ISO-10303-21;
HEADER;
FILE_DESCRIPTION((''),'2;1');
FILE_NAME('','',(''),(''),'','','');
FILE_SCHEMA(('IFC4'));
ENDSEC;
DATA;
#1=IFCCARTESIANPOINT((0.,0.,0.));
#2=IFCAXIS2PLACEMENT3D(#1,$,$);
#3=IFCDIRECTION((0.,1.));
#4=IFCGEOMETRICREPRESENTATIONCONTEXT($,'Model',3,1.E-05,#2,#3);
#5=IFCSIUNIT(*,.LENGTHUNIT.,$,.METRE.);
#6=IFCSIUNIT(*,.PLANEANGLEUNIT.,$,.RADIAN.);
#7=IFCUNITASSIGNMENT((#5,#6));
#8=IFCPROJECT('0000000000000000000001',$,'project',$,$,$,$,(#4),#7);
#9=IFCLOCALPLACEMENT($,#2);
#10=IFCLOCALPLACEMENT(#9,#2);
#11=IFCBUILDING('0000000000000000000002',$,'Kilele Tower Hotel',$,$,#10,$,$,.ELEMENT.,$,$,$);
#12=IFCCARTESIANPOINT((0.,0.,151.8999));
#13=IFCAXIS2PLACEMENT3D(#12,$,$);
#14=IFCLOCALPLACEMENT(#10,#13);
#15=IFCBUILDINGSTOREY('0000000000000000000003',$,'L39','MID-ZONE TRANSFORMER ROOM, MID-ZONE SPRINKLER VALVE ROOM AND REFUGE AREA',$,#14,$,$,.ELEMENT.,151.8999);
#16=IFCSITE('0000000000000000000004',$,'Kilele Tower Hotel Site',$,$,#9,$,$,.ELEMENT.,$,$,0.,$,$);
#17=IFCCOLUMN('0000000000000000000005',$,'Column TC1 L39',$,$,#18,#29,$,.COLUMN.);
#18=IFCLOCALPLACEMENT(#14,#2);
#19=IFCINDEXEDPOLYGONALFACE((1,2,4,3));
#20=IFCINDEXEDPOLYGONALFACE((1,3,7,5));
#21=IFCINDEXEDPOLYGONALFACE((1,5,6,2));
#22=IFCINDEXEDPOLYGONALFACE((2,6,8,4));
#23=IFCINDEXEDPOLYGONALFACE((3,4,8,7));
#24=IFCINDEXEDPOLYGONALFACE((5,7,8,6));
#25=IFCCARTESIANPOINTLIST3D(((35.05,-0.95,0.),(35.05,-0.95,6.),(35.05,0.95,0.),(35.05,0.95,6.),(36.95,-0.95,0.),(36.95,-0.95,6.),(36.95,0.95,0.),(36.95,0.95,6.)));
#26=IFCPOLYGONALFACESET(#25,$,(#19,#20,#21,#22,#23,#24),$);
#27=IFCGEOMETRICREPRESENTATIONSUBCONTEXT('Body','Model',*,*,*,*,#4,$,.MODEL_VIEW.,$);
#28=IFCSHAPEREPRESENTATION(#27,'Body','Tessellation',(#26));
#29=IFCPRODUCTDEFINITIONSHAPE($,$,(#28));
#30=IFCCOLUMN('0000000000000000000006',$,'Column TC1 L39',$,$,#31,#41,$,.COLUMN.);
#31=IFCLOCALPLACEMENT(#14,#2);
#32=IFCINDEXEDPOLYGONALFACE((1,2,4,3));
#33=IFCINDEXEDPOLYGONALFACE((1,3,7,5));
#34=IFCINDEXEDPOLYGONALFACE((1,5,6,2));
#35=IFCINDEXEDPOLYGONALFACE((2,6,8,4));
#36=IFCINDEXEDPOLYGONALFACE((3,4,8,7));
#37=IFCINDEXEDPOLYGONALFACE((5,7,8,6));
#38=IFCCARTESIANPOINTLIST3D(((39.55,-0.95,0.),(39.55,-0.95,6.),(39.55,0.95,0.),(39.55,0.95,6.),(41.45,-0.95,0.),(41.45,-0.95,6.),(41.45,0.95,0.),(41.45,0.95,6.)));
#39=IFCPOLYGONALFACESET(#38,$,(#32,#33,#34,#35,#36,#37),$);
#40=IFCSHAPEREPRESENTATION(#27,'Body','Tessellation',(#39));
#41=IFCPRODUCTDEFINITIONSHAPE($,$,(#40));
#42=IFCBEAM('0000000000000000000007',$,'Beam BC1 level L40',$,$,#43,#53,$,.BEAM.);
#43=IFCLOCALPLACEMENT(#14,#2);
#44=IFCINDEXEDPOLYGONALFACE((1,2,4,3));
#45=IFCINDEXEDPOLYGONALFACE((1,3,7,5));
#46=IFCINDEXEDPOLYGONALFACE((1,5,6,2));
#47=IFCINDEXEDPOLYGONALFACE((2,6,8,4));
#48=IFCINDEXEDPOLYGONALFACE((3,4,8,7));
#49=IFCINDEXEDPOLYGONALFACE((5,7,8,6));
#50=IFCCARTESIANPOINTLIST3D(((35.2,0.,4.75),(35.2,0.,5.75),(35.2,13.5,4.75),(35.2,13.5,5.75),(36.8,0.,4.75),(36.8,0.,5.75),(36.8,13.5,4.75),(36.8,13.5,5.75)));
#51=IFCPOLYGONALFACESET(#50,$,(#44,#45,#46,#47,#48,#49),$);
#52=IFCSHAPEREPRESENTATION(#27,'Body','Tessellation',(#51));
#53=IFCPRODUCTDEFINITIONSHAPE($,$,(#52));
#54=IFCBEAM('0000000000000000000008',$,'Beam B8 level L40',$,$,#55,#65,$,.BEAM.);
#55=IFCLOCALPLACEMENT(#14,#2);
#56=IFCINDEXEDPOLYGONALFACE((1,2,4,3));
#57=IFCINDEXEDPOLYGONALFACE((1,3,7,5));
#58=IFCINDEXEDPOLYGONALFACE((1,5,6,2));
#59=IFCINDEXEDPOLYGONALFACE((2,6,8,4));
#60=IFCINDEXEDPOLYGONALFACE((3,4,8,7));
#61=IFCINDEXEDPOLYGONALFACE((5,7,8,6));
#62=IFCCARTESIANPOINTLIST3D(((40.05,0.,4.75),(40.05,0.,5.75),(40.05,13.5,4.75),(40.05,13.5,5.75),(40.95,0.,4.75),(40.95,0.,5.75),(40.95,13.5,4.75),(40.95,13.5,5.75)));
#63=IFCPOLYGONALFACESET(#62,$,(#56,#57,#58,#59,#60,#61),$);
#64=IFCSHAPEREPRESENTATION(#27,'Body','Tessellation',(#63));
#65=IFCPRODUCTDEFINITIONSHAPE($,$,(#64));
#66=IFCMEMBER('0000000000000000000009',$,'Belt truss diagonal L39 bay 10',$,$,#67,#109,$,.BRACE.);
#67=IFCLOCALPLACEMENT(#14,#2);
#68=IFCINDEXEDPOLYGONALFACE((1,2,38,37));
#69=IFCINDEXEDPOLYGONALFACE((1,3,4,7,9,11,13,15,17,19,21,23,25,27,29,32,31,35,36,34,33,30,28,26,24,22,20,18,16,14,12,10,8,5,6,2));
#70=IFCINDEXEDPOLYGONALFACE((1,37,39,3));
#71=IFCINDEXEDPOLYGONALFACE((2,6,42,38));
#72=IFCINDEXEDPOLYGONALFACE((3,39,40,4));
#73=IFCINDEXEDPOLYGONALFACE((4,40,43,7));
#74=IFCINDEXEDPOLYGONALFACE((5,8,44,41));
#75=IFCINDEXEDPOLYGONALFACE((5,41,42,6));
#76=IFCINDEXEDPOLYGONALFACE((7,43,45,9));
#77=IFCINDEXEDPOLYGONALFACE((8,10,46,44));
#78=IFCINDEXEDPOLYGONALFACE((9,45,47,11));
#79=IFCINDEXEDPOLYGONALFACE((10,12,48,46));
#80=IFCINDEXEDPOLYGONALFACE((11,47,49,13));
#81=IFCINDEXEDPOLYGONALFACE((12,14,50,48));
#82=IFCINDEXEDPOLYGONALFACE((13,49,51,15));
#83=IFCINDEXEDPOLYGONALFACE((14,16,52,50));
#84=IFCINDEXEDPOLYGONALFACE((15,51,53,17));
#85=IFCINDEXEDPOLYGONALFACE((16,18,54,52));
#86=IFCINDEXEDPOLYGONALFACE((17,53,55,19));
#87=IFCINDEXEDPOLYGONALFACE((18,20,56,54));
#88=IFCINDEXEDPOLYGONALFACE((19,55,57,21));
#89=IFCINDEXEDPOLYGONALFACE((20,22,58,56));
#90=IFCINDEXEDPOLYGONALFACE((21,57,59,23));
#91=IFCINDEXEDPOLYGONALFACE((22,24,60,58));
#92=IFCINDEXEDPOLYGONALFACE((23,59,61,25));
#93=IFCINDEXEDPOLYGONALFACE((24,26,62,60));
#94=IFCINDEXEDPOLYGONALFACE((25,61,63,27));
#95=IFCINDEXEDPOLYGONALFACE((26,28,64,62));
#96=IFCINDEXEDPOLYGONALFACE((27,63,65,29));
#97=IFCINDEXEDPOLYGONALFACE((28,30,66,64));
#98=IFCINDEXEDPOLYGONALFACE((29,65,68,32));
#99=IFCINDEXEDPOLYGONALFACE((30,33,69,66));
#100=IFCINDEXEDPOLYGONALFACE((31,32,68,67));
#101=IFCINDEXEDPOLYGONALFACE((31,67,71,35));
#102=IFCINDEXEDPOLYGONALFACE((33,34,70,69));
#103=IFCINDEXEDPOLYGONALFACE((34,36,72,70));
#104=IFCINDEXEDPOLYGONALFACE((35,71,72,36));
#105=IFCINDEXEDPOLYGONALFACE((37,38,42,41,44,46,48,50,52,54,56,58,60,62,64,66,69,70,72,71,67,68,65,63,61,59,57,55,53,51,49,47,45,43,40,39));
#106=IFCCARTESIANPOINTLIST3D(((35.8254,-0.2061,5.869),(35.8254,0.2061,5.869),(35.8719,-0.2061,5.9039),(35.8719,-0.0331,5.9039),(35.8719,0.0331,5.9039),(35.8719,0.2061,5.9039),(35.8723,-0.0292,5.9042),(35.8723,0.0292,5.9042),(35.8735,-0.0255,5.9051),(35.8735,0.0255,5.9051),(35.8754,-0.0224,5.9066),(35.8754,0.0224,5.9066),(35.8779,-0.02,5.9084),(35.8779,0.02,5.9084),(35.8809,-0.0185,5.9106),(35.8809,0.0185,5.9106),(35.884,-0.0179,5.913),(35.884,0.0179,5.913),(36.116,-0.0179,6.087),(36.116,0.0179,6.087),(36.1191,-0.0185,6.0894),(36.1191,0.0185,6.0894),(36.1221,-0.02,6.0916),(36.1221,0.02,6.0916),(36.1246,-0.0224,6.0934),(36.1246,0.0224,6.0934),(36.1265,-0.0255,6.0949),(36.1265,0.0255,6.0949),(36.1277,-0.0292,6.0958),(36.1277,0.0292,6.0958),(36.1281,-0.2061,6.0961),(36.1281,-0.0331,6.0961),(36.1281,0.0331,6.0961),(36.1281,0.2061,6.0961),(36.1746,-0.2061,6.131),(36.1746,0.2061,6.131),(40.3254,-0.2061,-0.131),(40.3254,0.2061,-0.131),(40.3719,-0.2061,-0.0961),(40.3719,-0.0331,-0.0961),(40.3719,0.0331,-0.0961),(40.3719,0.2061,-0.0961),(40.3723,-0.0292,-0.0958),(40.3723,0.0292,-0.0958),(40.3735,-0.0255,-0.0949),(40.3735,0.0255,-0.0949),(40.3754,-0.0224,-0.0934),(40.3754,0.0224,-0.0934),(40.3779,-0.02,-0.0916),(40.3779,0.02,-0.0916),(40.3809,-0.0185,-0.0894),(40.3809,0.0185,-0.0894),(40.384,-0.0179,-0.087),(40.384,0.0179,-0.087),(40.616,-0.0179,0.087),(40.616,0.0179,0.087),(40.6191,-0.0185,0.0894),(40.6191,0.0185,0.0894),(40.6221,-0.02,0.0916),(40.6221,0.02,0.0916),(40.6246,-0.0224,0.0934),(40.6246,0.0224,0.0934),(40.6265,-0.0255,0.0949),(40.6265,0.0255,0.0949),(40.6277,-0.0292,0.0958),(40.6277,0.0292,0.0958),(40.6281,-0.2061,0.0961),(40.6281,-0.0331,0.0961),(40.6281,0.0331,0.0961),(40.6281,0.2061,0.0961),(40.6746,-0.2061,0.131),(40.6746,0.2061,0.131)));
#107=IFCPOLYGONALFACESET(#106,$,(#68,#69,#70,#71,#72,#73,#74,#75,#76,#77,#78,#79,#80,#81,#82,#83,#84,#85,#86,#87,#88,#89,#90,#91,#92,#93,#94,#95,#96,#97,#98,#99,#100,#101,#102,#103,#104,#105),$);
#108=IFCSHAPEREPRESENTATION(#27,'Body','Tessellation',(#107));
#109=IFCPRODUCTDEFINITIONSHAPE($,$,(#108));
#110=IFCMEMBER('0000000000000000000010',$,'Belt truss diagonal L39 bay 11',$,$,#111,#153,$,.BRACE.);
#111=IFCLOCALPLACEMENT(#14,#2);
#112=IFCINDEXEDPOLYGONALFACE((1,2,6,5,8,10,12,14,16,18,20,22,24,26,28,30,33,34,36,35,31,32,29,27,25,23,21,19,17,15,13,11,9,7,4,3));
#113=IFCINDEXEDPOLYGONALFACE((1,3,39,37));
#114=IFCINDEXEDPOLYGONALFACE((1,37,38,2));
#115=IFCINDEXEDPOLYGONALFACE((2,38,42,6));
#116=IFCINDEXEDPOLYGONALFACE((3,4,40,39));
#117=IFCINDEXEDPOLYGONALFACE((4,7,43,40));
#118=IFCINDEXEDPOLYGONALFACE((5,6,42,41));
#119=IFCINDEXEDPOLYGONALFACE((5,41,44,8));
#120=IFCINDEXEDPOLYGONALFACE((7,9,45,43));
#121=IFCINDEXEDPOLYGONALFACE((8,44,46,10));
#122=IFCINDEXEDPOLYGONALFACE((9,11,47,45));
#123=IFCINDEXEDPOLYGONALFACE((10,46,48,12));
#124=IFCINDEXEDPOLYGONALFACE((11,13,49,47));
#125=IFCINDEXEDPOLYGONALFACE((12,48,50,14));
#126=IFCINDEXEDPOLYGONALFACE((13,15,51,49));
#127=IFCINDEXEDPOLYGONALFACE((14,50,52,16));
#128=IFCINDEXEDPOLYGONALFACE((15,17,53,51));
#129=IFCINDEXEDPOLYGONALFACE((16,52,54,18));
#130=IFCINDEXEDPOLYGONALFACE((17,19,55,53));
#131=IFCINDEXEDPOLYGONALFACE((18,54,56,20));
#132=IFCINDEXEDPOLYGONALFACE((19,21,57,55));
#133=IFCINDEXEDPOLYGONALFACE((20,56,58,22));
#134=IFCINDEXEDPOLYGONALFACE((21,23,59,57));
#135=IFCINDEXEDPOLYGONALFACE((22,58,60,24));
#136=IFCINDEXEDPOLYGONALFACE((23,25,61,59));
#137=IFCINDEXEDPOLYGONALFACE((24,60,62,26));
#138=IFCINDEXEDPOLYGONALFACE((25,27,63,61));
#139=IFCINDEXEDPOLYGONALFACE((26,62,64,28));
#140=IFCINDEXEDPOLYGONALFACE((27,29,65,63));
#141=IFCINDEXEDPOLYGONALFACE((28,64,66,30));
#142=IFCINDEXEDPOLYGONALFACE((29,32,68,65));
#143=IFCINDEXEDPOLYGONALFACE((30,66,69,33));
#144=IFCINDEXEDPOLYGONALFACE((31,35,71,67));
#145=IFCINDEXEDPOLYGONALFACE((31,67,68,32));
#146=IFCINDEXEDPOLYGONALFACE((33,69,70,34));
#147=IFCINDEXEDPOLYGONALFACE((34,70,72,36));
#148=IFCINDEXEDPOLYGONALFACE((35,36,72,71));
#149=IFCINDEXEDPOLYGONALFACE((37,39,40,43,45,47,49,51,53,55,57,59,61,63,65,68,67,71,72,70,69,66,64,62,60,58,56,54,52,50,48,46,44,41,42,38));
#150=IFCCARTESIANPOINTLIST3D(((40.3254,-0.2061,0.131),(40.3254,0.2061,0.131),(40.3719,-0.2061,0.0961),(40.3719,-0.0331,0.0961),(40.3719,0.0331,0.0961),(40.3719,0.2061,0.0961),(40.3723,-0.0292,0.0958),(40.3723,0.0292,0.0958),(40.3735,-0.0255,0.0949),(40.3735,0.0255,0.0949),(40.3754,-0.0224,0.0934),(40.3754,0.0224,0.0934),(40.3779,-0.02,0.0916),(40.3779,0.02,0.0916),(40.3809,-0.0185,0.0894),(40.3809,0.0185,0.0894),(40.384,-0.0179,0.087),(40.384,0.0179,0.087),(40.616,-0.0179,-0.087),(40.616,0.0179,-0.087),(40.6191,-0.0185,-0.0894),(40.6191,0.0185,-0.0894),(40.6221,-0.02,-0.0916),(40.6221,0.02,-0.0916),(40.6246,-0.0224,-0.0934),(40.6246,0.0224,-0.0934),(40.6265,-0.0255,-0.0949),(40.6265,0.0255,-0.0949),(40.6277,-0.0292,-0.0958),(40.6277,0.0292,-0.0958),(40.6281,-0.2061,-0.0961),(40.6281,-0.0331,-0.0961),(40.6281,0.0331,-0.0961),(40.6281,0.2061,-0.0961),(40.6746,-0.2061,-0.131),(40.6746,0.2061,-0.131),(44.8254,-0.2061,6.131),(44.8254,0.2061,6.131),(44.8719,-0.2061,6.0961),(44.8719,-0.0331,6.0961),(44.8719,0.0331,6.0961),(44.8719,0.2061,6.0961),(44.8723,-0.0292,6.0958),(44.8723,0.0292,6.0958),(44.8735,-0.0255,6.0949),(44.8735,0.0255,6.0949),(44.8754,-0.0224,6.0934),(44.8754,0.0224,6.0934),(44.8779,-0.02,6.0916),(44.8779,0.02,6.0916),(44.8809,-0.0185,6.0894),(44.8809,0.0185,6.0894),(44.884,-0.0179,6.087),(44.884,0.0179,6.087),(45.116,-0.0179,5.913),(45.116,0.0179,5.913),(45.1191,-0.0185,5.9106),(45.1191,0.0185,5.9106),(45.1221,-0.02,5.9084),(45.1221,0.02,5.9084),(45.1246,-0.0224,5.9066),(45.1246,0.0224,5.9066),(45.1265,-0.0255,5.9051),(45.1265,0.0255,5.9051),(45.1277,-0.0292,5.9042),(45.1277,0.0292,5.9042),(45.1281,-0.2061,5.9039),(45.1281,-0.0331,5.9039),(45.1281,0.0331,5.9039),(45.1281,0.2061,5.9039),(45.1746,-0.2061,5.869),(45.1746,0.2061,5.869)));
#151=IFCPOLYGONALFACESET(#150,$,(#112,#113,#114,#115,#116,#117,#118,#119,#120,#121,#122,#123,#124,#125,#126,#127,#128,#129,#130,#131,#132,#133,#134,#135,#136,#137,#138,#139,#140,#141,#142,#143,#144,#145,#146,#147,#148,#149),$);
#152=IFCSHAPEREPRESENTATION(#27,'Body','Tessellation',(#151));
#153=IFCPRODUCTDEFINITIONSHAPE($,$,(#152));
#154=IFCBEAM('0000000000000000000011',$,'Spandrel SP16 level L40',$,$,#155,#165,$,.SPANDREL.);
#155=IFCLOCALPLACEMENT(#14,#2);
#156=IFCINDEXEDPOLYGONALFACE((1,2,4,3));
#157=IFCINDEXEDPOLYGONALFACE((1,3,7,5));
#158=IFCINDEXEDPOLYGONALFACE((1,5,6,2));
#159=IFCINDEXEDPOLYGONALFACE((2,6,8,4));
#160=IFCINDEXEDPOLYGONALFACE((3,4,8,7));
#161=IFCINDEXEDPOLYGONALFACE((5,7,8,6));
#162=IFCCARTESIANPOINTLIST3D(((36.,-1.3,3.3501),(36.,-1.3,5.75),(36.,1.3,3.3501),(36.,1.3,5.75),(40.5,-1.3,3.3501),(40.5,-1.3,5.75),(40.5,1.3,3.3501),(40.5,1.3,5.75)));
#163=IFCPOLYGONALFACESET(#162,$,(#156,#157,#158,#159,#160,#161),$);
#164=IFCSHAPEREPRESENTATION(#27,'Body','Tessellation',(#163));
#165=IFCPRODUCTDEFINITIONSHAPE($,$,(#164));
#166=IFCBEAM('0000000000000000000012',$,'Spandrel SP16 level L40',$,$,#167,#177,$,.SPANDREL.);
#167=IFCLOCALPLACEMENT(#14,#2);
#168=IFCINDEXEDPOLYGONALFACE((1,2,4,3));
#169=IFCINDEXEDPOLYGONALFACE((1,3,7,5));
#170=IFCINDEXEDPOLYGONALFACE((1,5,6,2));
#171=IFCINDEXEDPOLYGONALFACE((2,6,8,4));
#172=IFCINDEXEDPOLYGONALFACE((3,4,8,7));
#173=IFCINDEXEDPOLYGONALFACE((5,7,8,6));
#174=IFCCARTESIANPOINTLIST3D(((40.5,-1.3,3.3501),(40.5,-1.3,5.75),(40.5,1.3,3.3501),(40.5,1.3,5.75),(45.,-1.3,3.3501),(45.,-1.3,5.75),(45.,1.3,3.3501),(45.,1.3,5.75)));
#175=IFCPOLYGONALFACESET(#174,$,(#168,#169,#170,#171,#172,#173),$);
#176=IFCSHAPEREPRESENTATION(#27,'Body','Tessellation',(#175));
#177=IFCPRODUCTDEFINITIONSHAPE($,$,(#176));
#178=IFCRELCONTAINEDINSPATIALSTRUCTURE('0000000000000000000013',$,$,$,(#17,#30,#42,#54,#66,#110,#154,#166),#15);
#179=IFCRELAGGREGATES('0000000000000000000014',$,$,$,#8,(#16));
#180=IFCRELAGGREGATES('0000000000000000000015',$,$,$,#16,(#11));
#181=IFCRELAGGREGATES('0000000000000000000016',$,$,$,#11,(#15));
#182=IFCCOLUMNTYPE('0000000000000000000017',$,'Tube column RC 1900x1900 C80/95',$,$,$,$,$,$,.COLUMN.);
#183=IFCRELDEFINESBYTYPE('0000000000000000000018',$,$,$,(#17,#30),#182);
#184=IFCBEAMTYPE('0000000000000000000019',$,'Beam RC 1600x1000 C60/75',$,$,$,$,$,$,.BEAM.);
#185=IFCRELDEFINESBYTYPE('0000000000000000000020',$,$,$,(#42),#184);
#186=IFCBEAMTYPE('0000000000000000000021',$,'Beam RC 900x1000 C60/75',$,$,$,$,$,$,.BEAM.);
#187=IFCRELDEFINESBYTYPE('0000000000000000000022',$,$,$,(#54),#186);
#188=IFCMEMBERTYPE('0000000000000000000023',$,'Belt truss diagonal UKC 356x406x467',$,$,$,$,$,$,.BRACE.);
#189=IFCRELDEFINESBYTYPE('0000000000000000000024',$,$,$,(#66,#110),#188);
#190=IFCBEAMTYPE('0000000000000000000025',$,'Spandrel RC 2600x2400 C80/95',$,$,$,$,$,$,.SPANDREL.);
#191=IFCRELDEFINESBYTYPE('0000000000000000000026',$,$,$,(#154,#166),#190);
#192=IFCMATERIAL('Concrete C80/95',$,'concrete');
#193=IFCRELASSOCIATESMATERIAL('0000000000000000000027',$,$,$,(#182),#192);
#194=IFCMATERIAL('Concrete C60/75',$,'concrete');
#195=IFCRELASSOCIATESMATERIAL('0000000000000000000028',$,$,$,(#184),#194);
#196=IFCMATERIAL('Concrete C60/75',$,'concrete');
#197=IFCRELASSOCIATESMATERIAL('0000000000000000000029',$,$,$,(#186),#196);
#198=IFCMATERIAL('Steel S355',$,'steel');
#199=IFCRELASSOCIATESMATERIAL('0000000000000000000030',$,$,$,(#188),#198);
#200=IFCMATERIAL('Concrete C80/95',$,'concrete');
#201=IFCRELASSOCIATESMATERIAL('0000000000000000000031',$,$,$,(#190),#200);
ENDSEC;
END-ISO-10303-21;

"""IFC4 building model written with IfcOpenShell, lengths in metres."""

from ifc_helpers import new_model, si_unit, direction, frame, origin, origin_2d, place, context, subcontext, project, spatial, rectangle, i_section, extrude, material, material_profile, profile_set, type_object, element, save


model = new_model("IFC4")

# Units and contexts
model_context = context("Model", 3, precision=1e-05, world=origin(), true_north=direction((0.0, 1.0)))
body_context = subcontext(model_context, "Body", "Model", "MODEL_VIEW")
ifc_project = project(units=[si_unit("LENGTHUNIT", "METRE"), si_unit("PLANEANGLEUNIT", "RADIAN")], contexts=[model_context])

# Site, building, storey
site_placement = place(None, origin())
site = spatial("IfcSite", under=ifc_project, at=site_placement, Name="Kilele Tower Hotel Site", CompositionType="ELEMENT", RefElevation=0.0)
building_placement = place(site_placement, origin())
building = spatial("IfcBuilding", under=site, at=building_placement, Name="Kilele Tower Hotel", CompositionType="ELEMENT")
storey_placement = place(building_placement, frame((0.0, 0.0, 151.8999)))
storey = spatial("IfcBuildingStorey", under=building, at=storey_placement, Name="L39", Description="MID-ZONE TRANSFORMER ROOM, MID-ZONE SPRINKLER VALVE ROOM AND REFUGE AREA", CompositionType="ELEMENT", Elevation=151.8999)

# Columns
ifc_material_1 = material(Name="Concrete C80/95", Category="concrete")
ifc_material_profile_1 = material_profile(ifc_material_1, rectangle(XDim=1.8999, YDim=1.8999, at=origin_2d()))
ifc_profile_set_1 = profile_set([ifc_material_profile_1], Name="Concrete C80/95")
column_type = type_object("IfcColumnType", Name="Tube column RC 1900x1900 C80/95", PredefinedType="COLUMN", material=ifc_profile_set_1)
for number, where, z_axis, x_axis, name in (
    (1, (36.0, 0.0, 0.0), (0.0, 0.0, 1.0), (1.0, 0.0, 0.0), "Column TC1 L39"),
    (2, (40.5, 0.0, 0.0), (0.0, 0.0, 1.0), (1.0, 0.0, 0.0), "Column TC1 L39"),
):
    element("IfcColumn", number, at=place(storey_placement, frame(where, z_axis=z_axis, x_axis=x_axis)), inside=storey, type_object=column_type, Name=name, PredefinedType="COLUMN", context=body_context, shape_type="SweptSolid", body=[
        extrude(rectangle(XDim=1.8999, YDim=1.8999, at=origin_2d()), origin(), (0.0, 0.0, 1.0), 6.0),
    ])

# Beams
ifc_material_2 = material(Name="Concrete C60/75", Category="concrete")
ifc_material_profile_2 = material_profile(ifc_material_2, rectangle(XDim=1.6001, YDim=1.0, at=origin_2d()))
ifc_profile_set_2 = profile_set([ifc_material_profile_2], Name="Concrete C60/75")
beam_type_1 = type_object("IfcBeamType", Name="Beam RC 1600x1000 C60/75", PredefinedType="BEAM", material=ifc_profile_set_2)
beam_1_placement = place(storey_placement, frame((36.0, 0.0, 5.25), z_axis=(0.0, 1.0, 0.0), x_axis=(-1.0, 0.0, 0.0)))
element("IfcBeam", 3, at=beam_1_placement, inside=storey, type_object=beam_type_1, Name="Beam BC1 level L40", PredefinedType="BEAM", context=body_context, shape_type="SweptSolid", body=[
    extrude(rectangle(XDim=1.6001, YDim=1.0, at=origin_2d()), origin(), (0.0, 0.0, 1.0), 13.5),
])
ifc_material_3 = material(Name="Concrete C60/75", Category="concrete")
ifc_material_profile_3 = material_profile(ifc_material_3, rectangle(XDim=0.8999, YDim=1.0, at=origin_2d()))
ifc_profile_set_3 = profile_set([ifc_material_profile_3], Name="Concrete C60/75")
beam_type_2 = type_object("IfcBeamType", Name="Beam RC 900x1000 C60/75", PredefinedType="BEAM", material=ifc_profile_set_3)
beam_2_placement = place(storey_placement, frame((40.5, 0.0, 5.25), z_axis=(0.0, 1.0, 0.0), x_axis=(-1.0, 0.0, 0.0)))
element("IfcBeam", 4, at=beam_2_placement, inside=storey, type_object=beam_type_2, Name="Beam B8 level L40", PredefinedType="BEAM", context=body_context, shape_type="SweptSolid", body=[
    extrude(rectangle(XDim=0.8999, YDim=1.0, at=origin_2d()), origin(), (0.0, 0.0, 1.0), 13.5),
])

# Members
ifc_material_4 = material(Name="Steel S355", Category="steel")
ifc_material_profile_4 = material_profile(ifc_material_4, i_section(OverallWidth=0.4121, OverallDepth=0.4365, WebThickness=0.0359, FlangeThickness=0.0581, FilletRadius=0.0151, at=origin_2d()))
ifc_profile_set_4 = profile_set([ifc_material_profile_4], Name="Steel S355")
member_type = type_object("IfcMemberType", Name="Belt truss diagonal UKC 356x406x467", PredefinedType="BRACE", material=ifc_profile_set_4)
for number, where, z_axis, x_axis, name in (
    (5, (36.0, 0.0, 6.0), (0.6, 0.0, -0.8), (0.0, 1.0, 0.0), "Belt truss diagonal L39 bay 10"),
    (6, (40.5, 0.0, 0.0), (0.6, 0.0, 0.8), (0.0, 1.0, 0.0), "Belt truss diagonal L39 bay 11"),
):
    element("IfcMember", number, at=place(storey_placement, frame(where, z_axis=z_axis, x_axis=x_axis)), inside=storey, type_object=member_type, Name=name, PredefinedType="BRACE", context=body_context, shape_type="SweptSolid", body=[
        extrude(i_section(OverallWidth=0.4121, OverallDepth=0.4365, WebThickness=0.0359, FlangeThickness=0.0581, FilletRadius=0.0151, at=origin_2d()), origin(), (0.0, 0.0, 1.0), 7.5),
    ])

# Beams
ifc_material_5 = material(Name="Concrete C80/95", Category="concrete")
ifc_material_profile_5 = material_profile(ifc_material_5, rectangle(XDim=2.6001, YDim=2.3999, at=origin_2d()))
ifc_profile_set_5 = profile_set([ifc_material_profile_5], Name="Concrete C80/95")
beam_type_3 = type_object("IfcBeamType", Name="Spandrel RC 2600x2400 C80/95", PredefinedType="SPANDREL", material=ifc_profile_set_5)
for number, where, z_axis, x_axis, name in (
    (7, (36.0, 0.0, 4.55), (1.0, 0.0, 0.0), (0.0, 1.0, 0.0), "Spandrel SP16 level L40"),
    (8, (40.5, 0.0, 4.55), (1.0, 0.0, 0.0), (0.0, 1.0, 0.0), "Spandrel SP16 level L40"),
):
    element("IfcBeam", number, at=place(storey_placement, frame(where, z_axis=z_axis, x_axis=x_axis)), inside=storey, type_object=beam_type_3, Name=name, PredefinedType="SPANDREL", context=body_context, shape_type="SweptSolid", body=[
        extrude(rectangle(XDim=2.6001, YDim=2.3999, at=origin_2d()), origin(), (0.0, 0.0, 1.0), 4.5),
    ])

save(model, "model.ifc")
